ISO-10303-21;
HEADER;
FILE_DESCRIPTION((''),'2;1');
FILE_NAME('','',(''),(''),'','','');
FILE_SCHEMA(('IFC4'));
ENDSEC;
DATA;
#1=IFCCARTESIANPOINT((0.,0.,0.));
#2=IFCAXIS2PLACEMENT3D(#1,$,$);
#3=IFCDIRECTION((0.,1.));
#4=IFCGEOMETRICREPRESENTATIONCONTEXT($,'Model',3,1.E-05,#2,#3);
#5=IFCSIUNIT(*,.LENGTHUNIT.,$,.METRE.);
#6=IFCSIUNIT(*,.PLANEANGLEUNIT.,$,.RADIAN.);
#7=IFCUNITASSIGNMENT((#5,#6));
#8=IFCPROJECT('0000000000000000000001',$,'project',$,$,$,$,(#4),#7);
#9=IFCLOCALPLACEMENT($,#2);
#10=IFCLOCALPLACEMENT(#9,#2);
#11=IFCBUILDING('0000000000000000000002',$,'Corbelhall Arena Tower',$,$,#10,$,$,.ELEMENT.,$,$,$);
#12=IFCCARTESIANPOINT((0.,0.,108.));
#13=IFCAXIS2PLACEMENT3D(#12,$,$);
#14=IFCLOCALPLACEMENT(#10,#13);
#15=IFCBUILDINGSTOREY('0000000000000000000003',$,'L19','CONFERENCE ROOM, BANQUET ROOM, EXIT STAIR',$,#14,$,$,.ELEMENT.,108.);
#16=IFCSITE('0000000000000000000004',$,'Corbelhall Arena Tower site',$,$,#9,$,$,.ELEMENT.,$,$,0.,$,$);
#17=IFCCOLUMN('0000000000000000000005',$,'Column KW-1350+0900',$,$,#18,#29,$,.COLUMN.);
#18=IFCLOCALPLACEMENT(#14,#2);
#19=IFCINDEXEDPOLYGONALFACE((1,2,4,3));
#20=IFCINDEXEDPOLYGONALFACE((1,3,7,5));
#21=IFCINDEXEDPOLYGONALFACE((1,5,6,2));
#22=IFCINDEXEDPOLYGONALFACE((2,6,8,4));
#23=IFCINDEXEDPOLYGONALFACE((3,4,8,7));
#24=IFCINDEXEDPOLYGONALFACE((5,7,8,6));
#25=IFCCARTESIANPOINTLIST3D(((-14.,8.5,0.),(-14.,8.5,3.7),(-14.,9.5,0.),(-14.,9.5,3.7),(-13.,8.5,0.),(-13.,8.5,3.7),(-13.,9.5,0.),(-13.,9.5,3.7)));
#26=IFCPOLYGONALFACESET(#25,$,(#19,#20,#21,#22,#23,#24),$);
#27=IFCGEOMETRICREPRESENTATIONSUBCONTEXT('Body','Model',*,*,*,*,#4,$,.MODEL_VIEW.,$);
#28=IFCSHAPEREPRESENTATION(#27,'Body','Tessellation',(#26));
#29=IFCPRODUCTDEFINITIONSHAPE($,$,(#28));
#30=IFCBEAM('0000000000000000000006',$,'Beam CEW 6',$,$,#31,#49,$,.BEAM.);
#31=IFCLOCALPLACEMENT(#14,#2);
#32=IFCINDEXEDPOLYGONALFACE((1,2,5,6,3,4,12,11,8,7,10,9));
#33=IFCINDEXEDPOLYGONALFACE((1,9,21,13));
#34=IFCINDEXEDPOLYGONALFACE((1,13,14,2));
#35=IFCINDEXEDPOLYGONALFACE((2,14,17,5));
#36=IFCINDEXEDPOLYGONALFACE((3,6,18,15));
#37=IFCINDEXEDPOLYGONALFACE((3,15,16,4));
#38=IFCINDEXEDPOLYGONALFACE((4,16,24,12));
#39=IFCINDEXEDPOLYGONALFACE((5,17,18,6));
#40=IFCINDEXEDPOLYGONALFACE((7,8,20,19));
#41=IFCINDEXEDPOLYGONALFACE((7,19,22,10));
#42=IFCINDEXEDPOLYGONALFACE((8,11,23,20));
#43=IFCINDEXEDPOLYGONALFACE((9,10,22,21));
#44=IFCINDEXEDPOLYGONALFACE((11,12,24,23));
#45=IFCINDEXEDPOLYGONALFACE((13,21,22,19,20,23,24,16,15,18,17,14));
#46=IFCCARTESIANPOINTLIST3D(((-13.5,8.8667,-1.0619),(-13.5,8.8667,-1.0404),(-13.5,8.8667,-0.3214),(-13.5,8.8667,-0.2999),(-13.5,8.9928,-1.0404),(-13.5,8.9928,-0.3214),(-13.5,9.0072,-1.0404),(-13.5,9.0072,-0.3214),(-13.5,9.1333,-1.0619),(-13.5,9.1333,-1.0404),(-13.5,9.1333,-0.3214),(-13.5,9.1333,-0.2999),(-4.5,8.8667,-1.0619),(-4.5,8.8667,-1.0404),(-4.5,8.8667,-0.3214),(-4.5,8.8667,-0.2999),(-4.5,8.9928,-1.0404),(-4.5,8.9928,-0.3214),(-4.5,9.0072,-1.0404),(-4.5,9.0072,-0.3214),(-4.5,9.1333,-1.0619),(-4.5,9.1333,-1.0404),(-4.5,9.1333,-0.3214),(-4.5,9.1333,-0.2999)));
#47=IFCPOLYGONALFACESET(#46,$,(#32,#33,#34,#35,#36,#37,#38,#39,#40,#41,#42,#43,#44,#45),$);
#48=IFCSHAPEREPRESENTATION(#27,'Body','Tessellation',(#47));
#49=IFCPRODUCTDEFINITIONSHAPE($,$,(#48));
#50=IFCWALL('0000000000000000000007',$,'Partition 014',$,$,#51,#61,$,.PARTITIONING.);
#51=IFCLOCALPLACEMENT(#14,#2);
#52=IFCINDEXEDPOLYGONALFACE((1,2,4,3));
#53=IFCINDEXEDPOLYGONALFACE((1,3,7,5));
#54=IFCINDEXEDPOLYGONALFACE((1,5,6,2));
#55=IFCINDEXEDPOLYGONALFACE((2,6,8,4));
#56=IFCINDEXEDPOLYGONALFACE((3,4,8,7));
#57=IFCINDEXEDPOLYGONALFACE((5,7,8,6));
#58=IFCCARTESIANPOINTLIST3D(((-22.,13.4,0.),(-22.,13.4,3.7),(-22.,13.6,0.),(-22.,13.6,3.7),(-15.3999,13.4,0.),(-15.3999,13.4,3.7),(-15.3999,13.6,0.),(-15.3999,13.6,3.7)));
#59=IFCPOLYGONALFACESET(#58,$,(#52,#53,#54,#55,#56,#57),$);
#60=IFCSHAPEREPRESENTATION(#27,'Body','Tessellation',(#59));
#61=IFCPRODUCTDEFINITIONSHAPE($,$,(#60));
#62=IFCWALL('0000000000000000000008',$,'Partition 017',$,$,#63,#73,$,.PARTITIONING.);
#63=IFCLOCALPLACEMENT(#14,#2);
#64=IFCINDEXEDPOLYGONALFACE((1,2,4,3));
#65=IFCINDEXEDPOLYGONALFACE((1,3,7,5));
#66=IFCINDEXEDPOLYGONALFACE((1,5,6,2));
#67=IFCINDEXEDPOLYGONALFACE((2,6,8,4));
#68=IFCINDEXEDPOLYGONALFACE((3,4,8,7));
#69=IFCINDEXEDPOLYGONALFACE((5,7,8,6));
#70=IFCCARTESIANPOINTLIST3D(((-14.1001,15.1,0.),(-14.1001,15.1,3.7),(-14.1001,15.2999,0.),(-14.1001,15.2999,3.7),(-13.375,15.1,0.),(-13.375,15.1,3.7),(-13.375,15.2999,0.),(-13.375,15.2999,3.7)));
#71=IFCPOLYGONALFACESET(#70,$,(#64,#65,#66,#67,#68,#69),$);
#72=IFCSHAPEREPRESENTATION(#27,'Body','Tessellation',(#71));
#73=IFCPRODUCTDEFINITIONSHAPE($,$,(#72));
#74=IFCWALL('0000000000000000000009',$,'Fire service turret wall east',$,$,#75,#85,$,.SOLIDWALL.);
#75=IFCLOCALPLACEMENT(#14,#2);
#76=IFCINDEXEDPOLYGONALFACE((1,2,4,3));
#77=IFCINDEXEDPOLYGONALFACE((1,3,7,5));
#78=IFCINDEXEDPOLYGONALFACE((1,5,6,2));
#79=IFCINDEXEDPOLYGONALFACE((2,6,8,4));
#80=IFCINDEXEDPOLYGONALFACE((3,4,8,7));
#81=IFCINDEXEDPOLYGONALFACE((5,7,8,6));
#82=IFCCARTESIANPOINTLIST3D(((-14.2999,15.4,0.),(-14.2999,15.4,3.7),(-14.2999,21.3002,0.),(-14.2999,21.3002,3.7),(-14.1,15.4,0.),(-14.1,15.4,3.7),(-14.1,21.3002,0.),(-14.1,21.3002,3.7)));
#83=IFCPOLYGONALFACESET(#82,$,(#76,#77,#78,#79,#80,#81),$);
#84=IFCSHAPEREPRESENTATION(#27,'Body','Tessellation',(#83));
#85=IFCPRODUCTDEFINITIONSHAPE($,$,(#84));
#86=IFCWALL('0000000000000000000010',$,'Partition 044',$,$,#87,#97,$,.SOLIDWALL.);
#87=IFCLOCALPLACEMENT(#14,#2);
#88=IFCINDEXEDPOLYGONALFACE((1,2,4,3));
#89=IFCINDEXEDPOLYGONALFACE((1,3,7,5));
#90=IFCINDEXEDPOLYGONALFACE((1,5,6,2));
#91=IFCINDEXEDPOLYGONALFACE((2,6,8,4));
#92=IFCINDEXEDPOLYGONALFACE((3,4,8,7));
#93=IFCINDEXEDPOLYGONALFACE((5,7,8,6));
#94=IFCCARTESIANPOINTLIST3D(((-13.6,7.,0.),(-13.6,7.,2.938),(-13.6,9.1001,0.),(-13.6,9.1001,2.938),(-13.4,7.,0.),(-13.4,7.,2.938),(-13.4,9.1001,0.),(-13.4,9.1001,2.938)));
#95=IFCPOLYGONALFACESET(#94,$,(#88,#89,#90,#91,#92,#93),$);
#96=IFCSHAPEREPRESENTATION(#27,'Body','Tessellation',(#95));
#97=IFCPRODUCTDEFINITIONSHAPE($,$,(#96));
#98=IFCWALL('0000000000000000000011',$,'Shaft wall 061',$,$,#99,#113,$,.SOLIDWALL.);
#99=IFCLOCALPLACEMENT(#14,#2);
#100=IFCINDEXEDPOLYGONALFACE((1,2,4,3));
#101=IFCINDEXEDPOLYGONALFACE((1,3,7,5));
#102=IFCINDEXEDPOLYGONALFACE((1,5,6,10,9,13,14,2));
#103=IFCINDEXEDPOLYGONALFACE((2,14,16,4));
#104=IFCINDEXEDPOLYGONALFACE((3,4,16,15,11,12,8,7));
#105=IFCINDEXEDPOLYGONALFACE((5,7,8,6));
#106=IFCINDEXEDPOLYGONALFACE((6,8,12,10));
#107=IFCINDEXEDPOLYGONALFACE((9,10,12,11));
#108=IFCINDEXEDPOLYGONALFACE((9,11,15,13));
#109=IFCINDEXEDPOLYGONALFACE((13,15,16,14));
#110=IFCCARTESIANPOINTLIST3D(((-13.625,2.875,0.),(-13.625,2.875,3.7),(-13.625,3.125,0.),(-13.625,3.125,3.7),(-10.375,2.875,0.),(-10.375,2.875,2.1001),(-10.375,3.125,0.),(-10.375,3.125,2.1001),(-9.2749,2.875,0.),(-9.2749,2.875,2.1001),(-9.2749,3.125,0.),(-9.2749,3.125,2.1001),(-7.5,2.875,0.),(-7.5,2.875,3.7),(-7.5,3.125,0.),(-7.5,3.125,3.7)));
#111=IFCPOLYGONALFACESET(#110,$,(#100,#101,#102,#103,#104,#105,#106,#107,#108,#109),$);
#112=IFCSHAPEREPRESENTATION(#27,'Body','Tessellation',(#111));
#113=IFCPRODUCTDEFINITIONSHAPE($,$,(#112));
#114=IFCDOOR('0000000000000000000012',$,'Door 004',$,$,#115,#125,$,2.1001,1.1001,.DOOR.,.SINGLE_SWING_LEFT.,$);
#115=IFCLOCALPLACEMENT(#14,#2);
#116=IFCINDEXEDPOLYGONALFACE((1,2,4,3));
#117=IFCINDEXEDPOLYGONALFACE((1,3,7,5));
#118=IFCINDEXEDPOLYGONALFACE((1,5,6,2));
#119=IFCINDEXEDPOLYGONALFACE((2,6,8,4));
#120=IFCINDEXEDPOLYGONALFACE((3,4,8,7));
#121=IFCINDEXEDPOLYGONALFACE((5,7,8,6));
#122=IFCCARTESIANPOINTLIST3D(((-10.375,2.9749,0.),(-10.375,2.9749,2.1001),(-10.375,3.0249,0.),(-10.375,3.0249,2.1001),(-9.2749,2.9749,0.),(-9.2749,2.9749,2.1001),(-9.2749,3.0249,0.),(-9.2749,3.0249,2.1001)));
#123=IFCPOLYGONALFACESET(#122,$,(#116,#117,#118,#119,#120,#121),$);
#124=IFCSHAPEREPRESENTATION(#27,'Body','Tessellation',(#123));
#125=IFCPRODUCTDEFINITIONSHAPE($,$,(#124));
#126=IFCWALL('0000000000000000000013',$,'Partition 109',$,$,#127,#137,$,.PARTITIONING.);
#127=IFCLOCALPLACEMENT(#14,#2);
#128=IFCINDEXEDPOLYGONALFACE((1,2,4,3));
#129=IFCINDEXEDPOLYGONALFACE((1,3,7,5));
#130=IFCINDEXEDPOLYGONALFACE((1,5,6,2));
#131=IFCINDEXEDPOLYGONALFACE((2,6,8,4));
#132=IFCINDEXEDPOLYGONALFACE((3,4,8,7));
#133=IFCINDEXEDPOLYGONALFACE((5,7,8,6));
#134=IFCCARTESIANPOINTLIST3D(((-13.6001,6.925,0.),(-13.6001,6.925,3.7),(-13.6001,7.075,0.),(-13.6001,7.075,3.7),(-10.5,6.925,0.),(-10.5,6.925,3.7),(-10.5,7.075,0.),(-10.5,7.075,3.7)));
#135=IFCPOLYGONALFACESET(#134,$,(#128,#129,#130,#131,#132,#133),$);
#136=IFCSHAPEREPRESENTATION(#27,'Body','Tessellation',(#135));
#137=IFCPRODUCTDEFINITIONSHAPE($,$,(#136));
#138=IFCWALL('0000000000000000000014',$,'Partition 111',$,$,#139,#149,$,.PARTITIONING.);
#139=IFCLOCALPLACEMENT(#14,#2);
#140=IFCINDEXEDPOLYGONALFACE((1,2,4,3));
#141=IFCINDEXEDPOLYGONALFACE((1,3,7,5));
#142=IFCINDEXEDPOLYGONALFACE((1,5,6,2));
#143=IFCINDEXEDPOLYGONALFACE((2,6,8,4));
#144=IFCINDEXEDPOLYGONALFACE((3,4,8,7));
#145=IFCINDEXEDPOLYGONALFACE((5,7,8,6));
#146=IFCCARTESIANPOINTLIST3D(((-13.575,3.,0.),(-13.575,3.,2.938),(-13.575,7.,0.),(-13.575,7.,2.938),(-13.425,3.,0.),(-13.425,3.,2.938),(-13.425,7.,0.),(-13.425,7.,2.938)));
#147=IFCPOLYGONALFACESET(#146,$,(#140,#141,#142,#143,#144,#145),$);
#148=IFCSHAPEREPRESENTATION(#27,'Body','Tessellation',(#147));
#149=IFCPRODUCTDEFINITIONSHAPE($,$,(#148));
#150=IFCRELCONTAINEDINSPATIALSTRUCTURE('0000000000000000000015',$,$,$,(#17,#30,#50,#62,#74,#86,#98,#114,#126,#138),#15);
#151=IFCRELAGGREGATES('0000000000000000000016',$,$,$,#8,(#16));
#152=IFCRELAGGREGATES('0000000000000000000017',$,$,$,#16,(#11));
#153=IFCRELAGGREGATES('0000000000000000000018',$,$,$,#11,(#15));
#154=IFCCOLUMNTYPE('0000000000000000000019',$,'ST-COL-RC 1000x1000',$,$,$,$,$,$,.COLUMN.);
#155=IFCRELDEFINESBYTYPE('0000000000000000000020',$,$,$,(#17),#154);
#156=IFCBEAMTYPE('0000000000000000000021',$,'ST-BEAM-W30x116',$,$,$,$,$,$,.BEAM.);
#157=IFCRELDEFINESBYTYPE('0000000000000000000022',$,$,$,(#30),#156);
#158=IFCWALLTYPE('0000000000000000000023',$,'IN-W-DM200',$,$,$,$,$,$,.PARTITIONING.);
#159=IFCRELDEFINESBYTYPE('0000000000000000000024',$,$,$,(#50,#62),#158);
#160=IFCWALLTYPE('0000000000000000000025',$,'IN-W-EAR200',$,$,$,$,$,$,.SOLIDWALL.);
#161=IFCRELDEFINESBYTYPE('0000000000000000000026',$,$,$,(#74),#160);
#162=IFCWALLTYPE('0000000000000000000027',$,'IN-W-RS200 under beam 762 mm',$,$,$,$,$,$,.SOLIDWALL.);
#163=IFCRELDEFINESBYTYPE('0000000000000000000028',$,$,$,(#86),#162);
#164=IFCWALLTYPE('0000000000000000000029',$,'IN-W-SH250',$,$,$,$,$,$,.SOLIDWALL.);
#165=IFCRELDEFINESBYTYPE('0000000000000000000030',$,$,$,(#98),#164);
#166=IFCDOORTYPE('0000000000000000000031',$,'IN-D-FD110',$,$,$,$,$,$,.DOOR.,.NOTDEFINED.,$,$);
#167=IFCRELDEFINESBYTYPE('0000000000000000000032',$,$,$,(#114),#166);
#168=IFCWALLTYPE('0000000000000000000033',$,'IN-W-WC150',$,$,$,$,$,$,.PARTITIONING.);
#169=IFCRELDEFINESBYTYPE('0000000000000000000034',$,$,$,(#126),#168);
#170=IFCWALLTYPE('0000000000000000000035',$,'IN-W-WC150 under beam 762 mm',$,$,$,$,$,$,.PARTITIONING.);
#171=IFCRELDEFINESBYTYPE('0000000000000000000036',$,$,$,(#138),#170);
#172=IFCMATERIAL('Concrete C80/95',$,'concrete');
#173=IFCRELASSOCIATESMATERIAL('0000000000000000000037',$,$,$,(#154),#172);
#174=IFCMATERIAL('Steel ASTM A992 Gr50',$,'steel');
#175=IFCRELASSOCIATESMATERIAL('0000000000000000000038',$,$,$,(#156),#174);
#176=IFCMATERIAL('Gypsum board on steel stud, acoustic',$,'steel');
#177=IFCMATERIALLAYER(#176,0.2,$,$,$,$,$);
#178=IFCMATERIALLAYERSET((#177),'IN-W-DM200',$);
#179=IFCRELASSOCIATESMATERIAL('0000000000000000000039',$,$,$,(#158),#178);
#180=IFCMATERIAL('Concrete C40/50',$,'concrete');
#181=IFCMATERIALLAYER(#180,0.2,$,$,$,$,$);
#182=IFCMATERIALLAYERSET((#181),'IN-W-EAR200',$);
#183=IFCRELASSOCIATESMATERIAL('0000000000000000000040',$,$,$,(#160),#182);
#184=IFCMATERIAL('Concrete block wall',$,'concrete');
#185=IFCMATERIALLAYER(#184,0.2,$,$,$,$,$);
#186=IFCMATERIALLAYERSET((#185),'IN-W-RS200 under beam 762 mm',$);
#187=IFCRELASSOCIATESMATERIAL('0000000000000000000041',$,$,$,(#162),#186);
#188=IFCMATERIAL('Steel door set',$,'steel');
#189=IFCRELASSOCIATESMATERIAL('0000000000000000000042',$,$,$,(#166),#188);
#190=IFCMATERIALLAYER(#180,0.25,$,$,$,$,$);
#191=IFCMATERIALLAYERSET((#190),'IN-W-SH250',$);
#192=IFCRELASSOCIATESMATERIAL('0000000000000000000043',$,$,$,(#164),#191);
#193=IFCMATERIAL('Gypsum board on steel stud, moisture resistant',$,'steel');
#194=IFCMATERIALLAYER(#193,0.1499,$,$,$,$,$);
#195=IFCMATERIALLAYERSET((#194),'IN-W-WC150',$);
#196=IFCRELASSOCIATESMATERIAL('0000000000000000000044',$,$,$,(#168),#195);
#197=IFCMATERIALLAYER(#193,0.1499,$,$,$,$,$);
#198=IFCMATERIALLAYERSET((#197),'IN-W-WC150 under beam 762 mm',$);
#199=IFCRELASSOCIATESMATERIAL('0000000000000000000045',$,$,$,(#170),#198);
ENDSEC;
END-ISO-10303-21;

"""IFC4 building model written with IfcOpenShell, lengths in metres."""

from ifc_helpers import new_model, si_unit, direction, frame, frame_2d, origin, origin_2d, place, context, subcontext, project, spatial, rectangle, i_section, extrude, material, layer, layer_set, material_profile, profile_set, type_object, element, fill, save


model = new_model("IFC4")

# Units and contexts
model_context = context("Model", 3, precision=1e-05, world=origin(), true_north=direction((0.0, 1.0)))
body_context = subcontext(model_context, "Body", "Model", "MODEL_VIEW")
ifc_project = project(units=[si_unit("LENGTHUNIT", "METRE"), si_unit("PLANEANGLEUNIT", "RADIAN")], contexts=[model_context])

# Site, building, storey
site_placement = place(None, origin())
site = spatial("IfcSite", under=ifc_project, at=site_placement, Name="Corbelhall Arena Tower site", CompositionType="ELEMENT", RefElevation=0.0)
building_placement = place(site_placement, origin())
building = spatial("IfcBuilding", under=site, at=building_placement, Name="Corbelhall Arena Tower", CompositionType="ELEMENT")
storey_placement = place(building_placement, frame((0.0, 0.0, 108.0)))
storey = spatial("IfcBuildingStorey", under=building, at=storey_placement, Name="L19", Description="CONFERENCE ROOM, BANQUET ROOM, EXIT STAIR", CompositionType="ELEMENT", Elevation=108.0)

# Column
ifc_material_1 = material(Name="Concrete C80/95", Category="concrete")
ifc_material_profile_1 = material_profile(ifc_material_1, rectangle(XDim=1.0, YDim=1.0, at=origin_2d()))
ifc_profile_set_1 = profile_set([ifc_material_profile_1], Name="Concrete C80/95")
column_type = type_object("IfcColumnType", Name="ST-COL-RC 1000x1000", PredefinedType="COLUMN", material=ifc_profile_set_1)
column_placement = place(storey_placement, frame((-13.5, 9.0, 0.0), z_axis=(0.0, 0.0, 1.0), x_axis=(1.0, 0.0, 0.0)))
element("IfcColumn", 1, at=column_placement, inside=storey, type_object=column_type, Name="Column KW-1350+0900", PredefinedType="COLUMN", context=body_context, shape_type="SweptSolid", body=[
    extrude(rectangle(XDim=1.0, YDim=1.0, at=origin_2d()), origin(), (0.0, 0.0, 1.0), 3.7),
])

# Beam
ifc_material_2 = material(Name="Steel ASTM A992 Gr50", Category="steel")
ifc_material_profile_2 = material_profile(ifc_material_2, i_section(OverallWidth=0.2666, OverallDepth=0.762, WebThickness=0.0144, FlangeThickness=0.0215, at=origin_2d()))
ifc_profile_set_2 = profile_set([ifc_material_profile_2], Name="Steel ASTM A992 Gr50")
beam_type = type_object("IfcBeamType", Name="ST-BEAM-W30x116", PredefinedType="BEAM", material=ifc_profile_set_2)
beam_placement = place(storey_placement, frame((-13.5, 9.0, -0.6809), z_axis=(1.0, 0.0, 0.0), x_axis=(0.0, 1.0, 0.0)))
element("IfcBeam", 2, at=beam_placement, inside=storey, type_object=beam_type, Name="Beam CEW 6", PredefinedType="BEAM", context=body_context, shape_type="SweptSolid", body=[
    extrude(i_section(OverallWidth=0.2666, OverallDepth=0.762, WebThickness=0.0144, FlangeThickness=0.0215, at=origin_2d()), origin(), (0.0, 0.0, 1.0), 9.0),
])

# Shared definitions
ifc_material_3 = material(Name="Gypsum board on steel stud, acoustic", Category="steel")
ifc_layer_1 = layer(ifc_material_3, 0.2)
ifc_layer_set_1 = layer_set([ifc_layer_1], Name="IN-W-DM200")
wall_type_1 = type_object("IfcWallType", Name="IN-W-DM200", PredefinedType="PARTITIONING", material=ifc_layer_set_1)
ifc_material_4 = material(Name="Steel door set", Category="steel")

# Wall
wall_1_placement = place(storey_placement, frame((-15.3999, 13.5, 0.0), z_axis=(0.0, 0.0, 1.0), x_axis=(-1.0, 0.0, 0.0)))
element("IfcWall", 3, at=wall_1_placement, inside=storey, type_object=wall_type_1, Name="Partition 014", PredefinedType="PARTITIONING", context=body_context, shape_type="SweptSolid", body=[
    extrude(rectangle(XDim=6.6001, YDim=0.2, at=frame_2d((3.3, 0.0))), origin(), (0.0, 0.0, 1.0), 3.7),
])

# Walls
wall_2_placement = place(storey_placement, frame((-14.1001, 15.2, 0.0), z_axis=(0.0, 0.0, 1.0), x_axis=(1.0, 0.0, 0.0)))
element("IfcWall", 4, at=wall_2_placement, inside=storey, type_object=wall_type_1, Name="Partition 017", PredefinedType="PARTITIONING", context=body_context, shape_type="SweptSolid", body=[
    extrude(rectangle(XDim=0.7251, YDim=0.2, at=frame_2d((0.3625, 0.0))), origin(), (0.0, 0.0, 1.0), 3.7),
])
ifc_material_5 = material(Name="Concrete C40/50", Category="concrete")
ifc_layer_2 = layer(ifc_material_5, 0.2)
ifc_layer_set_2 = layer_set([ifc_layer_2], Name="IN-W-EAR200")
wall_type_2 = type_object("IfcWallType", Name="IN-W-EAR200", PredefinedType="SOLIDWALL", material=ifc_layer_set_2)
wall_3_placement = place(storey_placement, frame((-14.2, 15.3999, 0.0), z_axis=(0.0, 0.0, 1.0), x_axis=(0.0, 1.0, 0.0)))
element("IfcWall", 5, at=wall_3_placement, inside=storey, type_object=wall_type_2, Name="Fire service turret wall east", PredefinedType="SOLIDWALL", context=body_context, shape_type="SweptSolid", body=[
    extrude(rectangle(XDim=5.9001, YDim=0.2, at=frame_2d((2.9502, 0.0))), origin(), (0.0, 0.0, 1.0), 3.7),
])

# Wall
ifc_material_6 = material(Name="Concrete block wall", Category="concrete")
ifc_layer_3 = layer(ifc_material_6, 0.2)
ifc_layer_set_3 = layer_set([ifc_layer_3], Name="IN-W-RS200 under beam 762 mm")
wall_type_3 = type_object("IfcWallType", Name="IN-W-RS200 under beam 762 mm", PredefinedType="SOLIDWALL", material=ifc_layer_set_3)
wall_4_placement = place(storey_placement, frame((-13.5, 7.0, 0.0), z_axis=(0.0, 0.0, 1.0), x_axis=(0.0, 1.0, 0.0)))
element("IfcWall", 6, at=wall_4_placement, inside=storey, type_object=wall_type_3, Name="Partition 044", PredefinedType="SOLIDWALL", context=body_context, shape_type="SweptSolid", body=[
    extrude(rectangle(XDim=2.1001, YDim=0.2, at=frame_2d((1.05, 0.0))), origin(), (0.0, 0.0, 1.0), 2.938),
])

# Wall, opening, door
door_type_1 = type_object("IfcDoorType", Name="IN-D-FD110", OperationType="NOTDEFINED", PredefinedType="DOOR", material=ifc_material_4)
ifc_layer_4 = layer(ifc_material_5, 0.25)
ifc_layer_set_4 = layer_set([ifc_layer_4], Name="IN-W-SH250")
wall_type_4 = type_object("IfcWallType", Name="IN-W-SH250", PredefinedType="SOLIDWALL", material=ifc_layer_set_4)
wall_5_placement = place(storey_placement, frame((-13.625, 3.0, 0.0), z_axis=(0.0, 0.0, 1.0), x_axis=(1.0, 0.0, 0.0)))
wall_5 = element("IfcWall", 7, at=wall_5_placement, inside=storey, type_object=wall_type_4, Name="Shaft wall 061", PredefinedType="SOLIDWALL", context=body_context, shape_type="SweptSolid", body=[
    extrude(rectangle(XDim=6.125, YDim=0.25, at=frame_2d((3.0625, 0.0))), origin(), (0.0, 0.0, 1.0), 3.7),
])
opening_1_placement = place(wall_5_placement, frame((3.25, 0.0, 0.0)))
opening_1 = element("IfcOpeningElement", 8, at=opening_1_placement, cuts=wall_5, PredefinedType="OPENING", context=body_context, shape_type="SweptSolid", body=[
    extrude(rectangle(XDim=1.1001, YDim=2.1001, at=frame_2d((0.55, 1.05))), frame((0.0, 0.125, 0.0), z_axis=(0.0, -1.0, 0.0), x_axis=(1.0, 0.0, 0.0)), (0.0, 0.0, 1.0), 0.25),
])
door_1_placement = place(opening_1_placement, origin())
door_1 = element("IfcDoor", 9, at=door_1_placement, inside=storey, type_object=door_type_1, Name="Door 004", OperationType="SINGLE_SWING_LEFT", OverallHeight=2.1001, OverallWidth=1.1001, PredefinedType="DOOR", context=body_context, shape_type="SweptSolid", body=[
    extrude(rectangle(XDim=1.1001, YDim=2.1001, at=frame_2d((0.55, 1.05))), frame((0.0, 0.0249, 0.0), z_axis=(0.0, -1.0, 0.0), x_axis=(1.0, 0.0, 0.0)), (0.0, 0.0, 1.0), 0.05),
])
fill(opening_1, door_1)

# Walls
ifc_material_7 = material(Name="Gypsum board on steel stud, moisture resistant", Category="steel")
ifc_layer_5 = layer(ifc_material_7, 0.1499)
ifc_layer_set_5 = layer_set([ifc_layer_5], Name="IN-W-WC150")
wall_type_5 = type_object("IfcWallType", Name="IN-W-WC150", PredefinedType="PARTITIONING", material=ifc_layer_set_5)
wall_6_placement = place(storey_placement, frame((-13.6001, 7.0, 0.0), z_axis=(0.0, 0.0, 1.0), x_axis=(1.0, 0.0, 0.0)))
element("IfcWall", 10, at=wall_6_placement, inside=storey, type_object=wall_type_5, Name="Partition 109", PredefinedType="PARTITIONING", context=body_context, shape_type="SweptSolid", body=[
    extrude(rectangle(XDim=3.1001, YDim=0.1499, at=frame_2d((1.55, 0.0))), origin(), (0.0, 0.0, 1.0), 3.7),
])
ifc_layer_6 = layer(ifc_material_7, 0.1499)
ifc_layer_set_6 = layer_set([ifc_layer_6], Name="IN-W-WC150 under beam 762 mm")
wall_type_6 = type_object("IfcWallType", Name="IN-W-WC150 under beam 762 mm", PredefinedType="PARTITIONING", material=ifc_layer_set_6)
wall_7_placement = place(storey_placement, frame((-13.5, 3.0, 0.0), z_axis=(0.0, 0.0, 1.0), x_axis=(0.0, 1.0, 0.0)))
element("IfcWall", 11, at=wall_7_placement, inside=storey, type_object=wall_type_6, Name="Partition 111", PredefinedType="PARTITIONING", context=body_context, shape_type="SweptSolid", body=[
    extrude(rectangle(XDim=4.0, YDim=0.1499, at=frame_2d((2.0, 0.0))), origin(), (0.0, 0.0, 1.0), 2.938),
])

save(model, "model.ifc")
